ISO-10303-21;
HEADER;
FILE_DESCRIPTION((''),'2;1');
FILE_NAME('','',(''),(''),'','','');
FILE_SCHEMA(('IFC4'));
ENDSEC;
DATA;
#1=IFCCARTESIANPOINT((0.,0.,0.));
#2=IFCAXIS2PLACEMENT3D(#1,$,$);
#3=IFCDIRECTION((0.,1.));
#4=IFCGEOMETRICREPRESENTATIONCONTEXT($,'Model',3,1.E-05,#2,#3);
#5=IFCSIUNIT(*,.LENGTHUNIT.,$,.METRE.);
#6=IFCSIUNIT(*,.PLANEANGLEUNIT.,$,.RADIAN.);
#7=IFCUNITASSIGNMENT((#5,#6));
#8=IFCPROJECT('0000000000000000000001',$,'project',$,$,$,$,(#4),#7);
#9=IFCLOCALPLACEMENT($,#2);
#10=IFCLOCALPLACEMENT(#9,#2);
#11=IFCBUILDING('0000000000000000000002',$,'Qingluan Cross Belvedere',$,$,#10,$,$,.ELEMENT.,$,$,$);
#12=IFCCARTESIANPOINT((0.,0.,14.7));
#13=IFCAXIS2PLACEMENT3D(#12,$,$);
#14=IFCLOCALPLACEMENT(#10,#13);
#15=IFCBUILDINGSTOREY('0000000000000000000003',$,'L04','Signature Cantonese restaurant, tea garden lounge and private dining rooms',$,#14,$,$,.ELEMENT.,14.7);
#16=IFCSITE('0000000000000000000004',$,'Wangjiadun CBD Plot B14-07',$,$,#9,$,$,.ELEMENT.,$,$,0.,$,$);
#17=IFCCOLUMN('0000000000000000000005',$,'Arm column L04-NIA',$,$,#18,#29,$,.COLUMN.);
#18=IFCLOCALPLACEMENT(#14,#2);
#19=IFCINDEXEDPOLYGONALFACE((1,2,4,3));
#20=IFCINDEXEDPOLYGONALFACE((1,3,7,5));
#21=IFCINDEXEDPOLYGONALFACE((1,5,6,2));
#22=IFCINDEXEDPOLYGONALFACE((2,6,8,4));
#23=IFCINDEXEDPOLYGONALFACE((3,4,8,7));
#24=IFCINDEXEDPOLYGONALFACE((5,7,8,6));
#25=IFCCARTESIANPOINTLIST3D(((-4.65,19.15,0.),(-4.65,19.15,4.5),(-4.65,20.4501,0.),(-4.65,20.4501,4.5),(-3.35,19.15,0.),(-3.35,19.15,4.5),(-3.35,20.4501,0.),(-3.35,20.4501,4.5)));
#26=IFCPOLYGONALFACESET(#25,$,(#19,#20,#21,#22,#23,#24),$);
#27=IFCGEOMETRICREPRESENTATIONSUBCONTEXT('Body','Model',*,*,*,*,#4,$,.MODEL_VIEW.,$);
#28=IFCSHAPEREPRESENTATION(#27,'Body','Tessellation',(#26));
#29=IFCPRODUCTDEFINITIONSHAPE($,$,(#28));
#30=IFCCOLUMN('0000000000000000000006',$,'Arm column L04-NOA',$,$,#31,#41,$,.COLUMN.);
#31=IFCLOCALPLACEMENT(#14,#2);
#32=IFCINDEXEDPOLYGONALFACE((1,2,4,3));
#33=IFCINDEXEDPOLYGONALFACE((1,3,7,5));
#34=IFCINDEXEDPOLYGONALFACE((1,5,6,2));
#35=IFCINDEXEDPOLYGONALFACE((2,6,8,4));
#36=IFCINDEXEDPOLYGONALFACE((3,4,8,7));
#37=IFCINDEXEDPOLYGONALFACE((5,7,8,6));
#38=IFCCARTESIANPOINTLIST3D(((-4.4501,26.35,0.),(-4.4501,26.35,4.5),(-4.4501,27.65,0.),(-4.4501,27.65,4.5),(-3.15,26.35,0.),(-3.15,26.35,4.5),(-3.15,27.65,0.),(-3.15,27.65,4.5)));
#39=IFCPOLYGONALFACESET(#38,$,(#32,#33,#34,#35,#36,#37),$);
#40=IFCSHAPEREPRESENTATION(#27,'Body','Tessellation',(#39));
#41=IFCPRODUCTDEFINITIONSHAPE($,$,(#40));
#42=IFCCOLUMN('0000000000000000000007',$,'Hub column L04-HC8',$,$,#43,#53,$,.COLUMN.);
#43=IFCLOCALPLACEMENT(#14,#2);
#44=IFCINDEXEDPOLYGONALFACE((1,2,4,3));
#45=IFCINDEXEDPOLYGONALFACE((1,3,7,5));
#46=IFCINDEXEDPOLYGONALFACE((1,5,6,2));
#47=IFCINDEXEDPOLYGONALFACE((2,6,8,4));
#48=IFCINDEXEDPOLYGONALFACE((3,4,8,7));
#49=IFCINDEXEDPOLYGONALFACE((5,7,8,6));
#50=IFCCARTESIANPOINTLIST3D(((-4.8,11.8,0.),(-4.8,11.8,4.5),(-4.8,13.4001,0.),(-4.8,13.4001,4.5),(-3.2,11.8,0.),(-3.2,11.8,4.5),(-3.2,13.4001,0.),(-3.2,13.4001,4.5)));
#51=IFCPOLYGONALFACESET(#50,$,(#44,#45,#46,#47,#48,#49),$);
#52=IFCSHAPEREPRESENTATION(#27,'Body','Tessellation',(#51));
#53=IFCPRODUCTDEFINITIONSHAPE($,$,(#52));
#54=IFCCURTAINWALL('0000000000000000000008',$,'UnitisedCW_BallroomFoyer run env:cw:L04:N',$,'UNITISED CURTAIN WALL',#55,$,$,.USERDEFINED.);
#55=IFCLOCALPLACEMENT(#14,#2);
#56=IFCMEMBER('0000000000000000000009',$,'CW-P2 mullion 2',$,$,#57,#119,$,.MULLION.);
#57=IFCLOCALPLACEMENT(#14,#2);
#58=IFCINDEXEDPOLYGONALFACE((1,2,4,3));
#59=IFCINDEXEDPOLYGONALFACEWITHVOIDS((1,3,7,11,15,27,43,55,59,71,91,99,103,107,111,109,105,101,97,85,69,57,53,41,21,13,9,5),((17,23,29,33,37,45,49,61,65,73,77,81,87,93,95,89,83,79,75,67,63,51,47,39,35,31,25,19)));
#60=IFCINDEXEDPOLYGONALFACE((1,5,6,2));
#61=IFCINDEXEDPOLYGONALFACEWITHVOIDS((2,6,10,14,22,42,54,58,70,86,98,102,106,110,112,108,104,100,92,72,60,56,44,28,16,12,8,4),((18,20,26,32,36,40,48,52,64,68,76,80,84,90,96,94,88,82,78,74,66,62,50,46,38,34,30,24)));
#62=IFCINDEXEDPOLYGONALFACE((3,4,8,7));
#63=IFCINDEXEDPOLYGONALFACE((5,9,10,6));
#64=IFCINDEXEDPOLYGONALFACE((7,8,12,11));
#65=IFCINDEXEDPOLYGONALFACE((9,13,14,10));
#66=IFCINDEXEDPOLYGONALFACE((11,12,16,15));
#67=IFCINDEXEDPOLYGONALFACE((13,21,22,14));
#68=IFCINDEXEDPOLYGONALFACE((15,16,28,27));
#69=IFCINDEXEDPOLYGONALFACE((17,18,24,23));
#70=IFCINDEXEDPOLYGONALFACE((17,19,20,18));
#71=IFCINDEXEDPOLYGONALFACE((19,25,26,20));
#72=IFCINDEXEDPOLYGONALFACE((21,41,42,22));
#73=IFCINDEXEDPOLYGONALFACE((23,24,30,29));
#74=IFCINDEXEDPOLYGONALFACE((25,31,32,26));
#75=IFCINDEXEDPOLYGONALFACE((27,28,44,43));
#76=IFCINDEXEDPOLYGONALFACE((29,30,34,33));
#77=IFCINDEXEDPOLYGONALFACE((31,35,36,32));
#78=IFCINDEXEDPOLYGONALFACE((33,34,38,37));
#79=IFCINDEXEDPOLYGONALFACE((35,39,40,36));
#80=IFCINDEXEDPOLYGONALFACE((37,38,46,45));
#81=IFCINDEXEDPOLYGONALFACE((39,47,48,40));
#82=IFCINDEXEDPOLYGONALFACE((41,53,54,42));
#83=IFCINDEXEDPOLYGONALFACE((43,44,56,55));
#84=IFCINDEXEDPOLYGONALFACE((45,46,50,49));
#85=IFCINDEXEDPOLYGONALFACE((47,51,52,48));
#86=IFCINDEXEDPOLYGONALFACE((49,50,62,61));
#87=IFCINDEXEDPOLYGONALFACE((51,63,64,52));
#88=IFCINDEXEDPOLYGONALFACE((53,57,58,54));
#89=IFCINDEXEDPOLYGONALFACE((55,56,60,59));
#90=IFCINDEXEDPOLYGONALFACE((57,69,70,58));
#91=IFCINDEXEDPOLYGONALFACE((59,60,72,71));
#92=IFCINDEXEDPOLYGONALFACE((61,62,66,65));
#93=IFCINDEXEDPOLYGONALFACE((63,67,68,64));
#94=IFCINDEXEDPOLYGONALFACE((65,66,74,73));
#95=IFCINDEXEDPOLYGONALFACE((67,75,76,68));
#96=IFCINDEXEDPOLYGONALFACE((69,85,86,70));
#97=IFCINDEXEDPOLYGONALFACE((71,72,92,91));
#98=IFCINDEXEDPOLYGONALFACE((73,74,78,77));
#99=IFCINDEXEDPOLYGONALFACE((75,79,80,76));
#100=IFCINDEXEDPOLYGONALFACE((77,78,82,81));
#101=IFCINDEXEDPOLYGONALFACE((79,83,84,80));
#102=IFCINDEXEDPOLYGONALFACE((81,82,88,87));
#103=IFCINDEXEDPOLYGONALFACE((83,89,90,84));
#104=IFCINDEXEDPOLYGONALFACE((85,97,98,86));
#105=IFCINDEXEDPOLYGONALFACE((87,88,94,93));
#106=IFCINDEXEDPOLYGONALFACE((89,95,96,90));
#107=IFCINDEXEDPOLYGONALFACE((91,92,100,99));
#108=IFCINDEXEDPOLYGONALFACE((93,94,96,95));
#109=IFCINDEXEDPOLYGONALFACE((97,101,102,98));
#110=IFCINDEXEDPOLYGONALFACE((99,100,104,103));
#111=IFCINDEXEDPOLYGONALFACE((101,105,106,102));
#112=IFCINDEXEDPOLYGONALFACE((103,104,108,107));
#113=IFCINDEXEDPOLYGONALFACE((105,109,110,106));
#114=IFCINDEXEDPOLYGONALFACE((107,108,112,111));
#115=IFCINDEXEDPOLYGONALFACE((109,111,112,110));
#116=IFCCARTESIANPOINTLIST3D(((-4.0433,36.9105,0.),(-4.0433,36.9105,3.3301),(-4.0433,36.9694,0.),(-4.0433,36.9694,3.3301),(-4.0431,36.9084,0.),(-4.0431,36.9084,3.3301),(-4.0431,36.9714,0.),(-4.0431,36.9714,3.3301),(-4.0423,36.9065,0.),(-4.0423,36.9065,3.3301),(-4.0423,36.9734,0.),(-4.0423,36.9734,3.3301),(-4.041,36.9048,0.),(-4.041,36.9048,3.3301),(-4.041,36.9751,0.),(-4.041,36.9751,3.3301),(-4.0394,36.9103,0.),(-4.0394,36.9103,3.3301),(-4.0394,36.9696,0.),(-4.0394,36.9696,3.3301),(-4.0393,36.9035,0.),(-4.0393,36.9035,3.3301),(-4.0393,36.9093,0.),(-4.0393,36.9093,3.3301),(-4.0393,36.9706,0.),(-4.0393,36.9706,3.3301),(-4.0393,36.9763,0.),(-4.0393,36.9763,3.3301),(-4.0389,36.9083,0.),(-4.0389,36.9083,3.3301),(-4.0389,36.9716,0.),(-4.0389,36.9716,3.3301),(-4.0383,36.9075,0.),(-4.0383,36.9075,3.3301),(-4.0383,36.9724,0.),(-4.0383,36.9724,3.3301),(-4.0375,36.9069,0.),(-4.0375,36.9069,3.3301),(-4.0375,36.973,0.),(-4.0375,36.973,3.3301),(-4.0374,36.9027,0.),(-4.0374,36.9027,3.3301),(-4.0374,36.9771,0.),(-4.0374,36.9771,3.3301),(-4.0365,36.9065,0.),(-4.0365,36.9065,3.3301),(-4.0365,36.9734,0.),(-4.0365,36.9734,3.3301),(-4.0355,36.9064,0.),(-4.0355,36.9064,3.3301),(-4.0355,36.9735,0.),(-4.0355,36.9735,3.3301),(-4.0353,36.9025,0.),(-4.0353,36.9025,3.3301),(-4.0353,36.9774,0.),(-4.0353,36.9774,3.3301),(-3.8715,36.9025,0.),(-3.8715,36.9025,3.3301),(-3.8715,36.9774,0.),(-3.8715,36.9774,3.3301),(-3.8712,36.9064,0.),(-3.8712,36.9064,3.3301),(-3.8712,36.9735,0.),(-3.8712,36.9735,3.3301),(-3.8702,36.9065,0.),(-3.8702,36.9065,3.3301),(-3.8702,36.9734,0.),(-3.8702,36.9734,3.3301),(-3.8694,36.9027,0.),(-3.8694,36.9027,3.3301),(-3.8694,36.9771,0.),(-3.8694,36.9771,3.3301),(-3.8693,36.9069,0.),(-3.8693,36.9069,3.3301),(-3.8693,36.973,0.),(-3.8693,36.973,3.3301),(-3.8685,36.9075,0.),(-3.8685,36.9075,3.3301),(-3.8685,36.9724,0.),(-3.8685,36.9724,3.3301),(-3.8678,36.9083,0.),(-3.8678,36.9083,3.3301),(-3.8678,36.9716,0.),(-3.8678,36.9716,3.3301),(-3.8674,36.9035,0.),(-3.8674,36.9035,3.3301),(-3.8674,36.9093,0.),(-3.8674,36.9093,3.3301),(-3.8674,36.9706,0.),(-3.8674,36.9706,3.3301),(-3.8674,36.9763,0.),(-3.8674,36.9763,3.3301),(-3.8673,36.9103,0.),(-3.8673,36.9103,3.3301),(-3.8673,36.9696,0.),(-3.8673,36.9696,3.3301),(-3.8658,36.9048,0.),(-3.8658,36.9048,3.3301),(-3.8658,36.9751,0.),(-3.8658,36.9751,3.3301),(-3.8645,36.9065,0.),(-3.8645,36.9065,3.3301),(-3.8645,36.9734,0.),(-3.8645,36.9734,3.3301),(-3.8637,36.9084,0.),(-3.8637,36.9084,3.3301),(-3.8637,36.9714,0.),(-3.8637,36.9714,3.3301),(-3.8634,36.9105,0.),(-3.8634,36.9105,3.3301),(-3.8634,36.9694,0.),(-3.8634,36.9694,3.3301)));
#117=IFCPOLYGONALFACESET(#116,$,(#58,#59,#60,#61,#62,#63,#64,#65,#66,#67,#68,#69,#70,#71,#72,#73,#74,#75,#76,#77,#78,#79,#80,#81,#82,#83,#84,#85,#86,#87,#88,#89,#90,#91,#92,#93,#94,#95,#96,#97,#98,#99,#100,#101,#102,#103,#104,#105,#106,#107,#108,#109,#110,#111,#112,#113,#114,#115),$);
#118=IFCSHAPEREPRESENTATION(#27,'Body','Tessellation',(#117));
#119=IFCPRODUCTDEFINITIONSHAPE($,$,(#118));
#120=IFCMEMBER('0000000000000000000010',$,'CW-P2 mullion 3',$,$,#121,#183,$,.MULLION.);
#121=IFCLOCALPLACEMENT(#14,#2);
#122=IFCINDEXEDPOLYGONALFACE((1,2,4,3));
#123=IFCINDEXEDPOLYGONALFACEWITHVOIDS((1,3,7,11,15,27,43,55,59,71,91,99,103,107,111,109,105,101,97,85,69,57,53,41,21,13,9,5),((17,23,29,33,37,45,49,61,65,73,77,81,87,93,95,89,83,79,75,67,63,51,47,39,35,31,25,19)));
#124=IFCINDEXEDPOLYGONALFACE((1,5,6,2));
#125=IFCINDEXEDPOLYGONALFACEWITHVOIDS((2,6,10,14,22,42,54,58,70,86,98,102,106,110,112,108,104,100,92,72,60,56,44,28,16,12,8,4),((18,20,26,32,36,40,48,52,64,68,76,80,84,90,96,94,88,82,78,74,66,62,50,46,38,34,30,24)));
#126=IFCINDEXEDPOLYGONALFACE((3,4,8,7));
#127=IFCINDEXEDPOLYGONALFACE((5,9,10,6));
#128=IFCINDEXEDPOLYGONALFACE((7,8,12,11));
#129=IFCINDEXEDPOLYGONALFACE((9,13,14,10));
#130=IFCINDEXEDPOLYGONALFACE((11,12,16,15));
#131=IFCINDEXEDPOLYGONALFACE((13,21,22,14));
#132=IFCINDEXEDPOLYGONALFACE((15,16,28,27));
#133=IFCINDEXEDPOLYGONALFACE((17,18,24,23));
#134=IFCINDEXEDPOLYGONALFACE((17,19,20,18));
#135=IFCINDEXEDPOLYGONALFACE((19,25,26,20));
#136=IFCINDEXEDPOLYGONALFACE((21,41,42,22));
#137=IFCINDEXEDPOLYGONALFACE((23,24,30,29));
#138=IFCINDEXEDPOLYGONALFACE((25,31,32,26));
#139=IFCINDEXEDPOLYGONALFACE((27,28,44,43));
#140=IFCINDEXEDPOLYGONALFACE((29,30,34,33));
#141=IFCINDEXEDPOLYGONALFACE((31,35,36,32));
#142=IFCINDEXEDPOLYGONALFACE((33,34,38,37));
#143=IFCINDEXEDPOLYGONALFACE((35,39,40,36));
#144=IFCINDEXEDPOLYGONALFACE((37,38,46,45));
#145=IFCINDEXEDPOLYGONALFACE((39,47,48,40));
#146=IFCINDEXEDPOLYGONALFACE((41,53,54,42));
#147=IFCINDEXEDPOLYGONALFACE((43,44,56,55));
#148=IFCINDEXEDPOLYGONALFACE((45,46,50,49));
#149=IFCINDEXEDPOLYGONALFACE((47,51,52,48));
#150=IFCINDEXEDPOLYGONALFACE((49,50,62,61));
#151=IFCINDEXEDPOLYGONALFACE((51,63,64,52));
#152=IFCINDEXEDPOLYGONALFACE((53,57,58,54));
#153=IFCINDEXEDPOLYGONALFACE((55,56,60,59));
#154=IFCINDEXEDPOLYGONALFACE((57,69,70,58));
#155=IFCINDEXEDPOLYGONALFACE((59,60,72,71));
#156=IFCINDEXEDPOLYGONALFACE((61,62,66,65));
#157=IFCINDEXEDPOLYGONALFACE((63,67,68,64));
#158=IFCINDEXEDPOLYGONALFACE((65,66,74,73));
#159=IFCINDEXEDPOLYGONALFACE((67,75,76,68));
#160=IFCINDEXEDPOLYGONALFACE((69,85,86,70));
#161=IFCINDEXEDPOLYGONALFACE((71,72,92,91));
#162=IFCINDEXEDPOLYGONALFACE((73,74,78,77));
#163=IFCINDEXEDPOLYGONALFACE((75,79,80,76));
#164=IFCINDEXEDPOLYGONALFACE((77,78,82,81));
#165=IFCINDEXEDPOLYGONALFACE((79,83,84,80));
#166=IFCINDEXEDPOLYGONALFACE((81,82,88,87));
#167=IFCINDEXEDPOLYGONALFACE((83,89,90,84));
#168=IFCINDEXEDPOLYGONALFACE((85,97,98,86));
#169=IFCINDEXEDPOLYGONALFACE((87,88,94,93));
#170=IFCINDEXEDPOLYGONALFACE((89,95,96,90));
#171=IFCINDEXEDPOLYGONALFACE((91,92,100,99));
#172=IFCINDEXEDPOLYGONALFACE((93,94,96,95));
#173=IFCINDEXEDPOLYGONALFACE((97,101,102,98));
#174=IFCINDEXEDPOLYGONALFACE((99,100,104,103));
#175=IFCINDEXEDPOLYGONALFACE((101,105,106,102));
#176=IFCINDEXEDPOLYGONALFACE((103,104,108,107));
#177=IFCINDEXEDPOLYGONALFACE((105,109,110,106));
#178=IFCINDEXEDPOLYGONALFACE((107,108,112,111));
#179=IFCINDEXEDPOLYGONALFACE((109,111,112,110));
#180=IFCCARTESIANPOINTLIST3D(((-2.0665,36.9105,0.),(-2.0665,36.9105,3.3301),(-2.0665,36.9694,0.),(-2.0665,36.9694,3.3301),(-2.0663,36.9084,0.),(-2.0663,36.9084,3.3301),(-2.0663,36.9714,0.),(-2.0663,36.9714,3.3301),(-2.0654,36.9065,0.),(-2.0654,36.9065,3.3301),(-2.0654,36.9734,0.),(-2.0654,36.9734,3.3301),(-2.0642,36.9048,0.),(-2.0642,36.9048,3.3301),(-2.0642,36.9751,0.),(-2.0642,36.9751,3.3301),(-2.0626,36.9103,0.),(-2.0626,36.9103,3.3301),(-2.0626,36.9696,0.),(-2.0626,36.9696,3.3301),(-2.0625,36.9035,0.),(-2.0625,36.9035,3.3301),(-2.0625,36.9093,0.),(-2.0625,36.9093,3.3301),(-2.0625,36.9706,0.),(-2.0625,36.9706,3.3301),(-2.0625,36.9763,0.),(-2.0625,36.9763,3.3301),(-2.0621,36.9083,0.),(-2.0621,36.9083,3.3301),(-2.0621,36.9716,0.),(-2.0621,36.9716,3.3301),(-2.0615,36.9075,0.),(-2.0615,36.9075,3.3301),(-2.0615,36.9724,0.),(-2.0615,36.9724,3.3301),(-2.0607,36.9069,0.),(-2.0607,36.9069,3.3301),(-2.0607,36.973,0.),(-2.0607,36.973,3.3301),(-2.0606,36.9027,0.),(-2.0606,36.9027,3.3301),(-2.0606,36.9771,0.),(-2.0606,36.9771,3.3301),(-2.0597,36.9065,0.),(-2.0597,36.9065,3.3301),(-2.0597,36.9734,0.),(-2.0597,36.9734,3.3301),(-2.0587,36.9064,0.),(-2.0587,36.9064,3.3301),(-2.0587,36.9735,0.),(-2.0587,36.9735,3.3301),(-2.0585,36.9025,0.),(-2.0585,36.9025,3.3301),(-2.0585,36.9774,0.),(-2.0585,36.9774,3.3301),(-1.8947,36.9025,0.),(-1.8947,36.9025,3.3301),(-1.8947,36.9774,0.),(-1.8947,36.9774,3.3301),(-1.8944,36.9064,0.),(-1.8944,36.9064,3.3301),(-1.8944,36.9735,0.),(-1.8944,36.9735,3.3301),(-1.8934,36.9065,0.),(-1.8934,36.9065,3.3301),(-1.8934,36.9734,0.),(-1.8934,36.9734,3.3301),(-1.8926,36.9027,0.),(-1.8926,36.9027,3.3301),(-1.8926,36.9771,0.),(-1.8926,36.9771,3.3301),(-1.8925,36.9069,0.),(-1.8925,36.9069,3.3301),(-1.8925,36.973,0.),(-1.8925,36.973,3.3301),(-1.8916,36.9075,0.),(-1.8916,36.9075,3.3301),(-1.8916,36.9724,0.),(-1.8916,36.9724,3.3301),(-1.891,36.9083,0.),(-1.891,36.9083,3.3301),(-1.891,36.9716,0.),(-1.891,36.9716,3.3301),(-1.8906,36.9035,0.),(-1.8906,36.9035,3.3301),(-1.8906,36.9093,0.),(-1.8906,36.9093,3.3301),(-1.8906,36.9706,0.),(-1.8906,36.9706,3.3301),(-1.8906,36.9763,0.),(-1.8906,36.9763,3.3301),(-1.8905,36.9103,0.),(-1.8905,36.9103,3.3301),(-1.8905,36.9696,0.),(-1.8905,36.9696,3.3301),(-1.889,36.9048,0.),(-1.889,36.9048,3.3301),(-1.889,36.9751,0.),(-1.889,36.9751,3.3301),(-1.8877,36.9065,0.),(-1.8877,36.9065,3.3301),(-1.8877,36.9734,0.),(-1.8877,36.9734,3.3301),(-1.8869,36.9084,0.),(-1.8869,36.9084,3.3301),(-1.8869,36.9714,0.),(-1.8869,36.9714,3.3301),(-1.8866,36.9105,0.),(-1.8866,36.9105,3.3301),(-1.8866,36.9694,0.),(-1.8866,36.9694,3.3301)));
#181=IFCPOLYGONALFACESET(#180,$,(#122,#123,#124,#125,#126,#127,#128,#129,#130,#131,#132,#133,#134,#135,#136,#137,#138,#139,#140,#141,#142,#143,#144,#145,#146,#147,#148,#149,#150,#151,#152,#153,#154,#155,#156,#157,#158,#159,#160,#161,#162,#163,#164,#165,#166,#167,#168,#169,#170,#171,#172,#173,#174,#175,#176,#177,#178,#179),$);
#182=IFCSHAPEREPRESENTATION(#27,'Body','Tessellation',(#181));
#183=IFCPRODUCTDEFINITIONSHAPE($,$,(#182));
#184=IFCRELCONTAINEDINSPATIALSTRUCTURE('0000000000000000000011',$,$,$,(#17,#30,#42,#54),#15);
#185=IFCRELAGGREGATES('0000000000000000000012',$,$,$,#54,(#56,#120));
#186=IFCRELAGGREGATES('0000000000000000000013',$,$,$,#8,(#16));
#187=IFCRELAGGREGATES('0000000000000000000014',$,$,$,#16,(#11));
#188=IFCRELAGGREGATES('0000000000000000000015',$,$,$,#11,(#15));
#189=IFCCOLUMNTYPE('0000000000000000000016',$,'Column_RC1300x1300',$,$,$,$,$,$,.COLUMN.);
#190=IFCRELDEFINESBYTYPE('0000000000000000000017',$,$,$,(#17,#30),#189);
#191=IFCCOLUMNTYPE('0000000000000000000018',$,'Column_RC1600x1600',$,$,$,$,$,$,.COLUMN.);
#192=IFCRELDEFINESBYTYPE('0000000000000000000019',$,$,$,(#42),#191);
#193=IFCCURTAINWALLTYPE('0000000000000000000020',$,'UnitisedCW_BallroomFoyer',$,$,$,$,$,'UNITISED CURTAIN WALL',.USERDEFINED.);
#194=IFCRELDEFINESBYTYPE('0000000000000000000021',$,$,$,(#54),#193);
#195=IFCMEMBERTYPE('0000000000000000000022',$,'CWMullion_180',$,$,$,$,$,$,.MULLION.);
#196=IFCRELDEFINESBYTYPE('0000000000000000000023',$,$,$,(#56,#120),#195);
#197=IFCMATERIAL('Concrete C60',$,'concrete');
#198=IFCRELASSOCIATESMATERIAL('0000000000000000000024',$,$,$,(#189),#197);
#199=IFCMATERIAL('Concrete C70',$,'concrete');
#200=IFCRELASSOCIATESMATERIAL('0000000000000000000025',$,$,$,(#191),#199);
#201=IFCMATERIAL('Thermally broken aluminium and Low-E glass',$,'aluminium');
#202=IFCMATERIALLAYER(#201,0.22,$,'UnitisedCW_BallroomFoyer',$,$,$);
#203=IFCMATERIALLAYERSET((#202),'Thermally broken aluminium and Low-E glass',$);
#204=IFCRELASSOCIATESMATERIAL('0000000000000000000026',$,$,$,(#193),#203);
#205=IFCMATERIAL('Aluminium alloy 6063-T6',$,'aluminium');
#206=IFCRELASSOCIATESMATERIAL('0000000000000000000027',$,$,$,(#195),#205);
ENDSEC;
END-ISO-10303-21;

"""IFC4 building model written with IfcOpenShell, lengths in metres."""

from ifc_helpers import new_model, si_unit, direction, frame, origin, origin_2d, place, context, subcontext, project, spatial, rectangle, hollow_rectangle, extrude, material, layer, layer_set, material_profile, profile_set, type_object, element, aggregate, save


model = new_model("IFC4")

# Units and contexts
model_context = context("Model", 3, precision=1e-05, world=origin(), true_north=direction((0.0, 1.0)))
body_context = subcontext(model_context, "Body", "Model", "MODEL_VIEW")
ifc_project = project(units=[si_unit("LENGTHUNIT", "METRE"), si_unit("PLANEANGLEUNIT", "RADIAN")], contexts=[model_context])

# Site, building, storey
site_placement = place(None, origin())
site = spatial("IfcSite", under=ifc_project, at=site_placement, Name="Wangjiadun CBD Plot B14-07", CompositionType="ELEMENT", RefElevation=0.0)
building_placement = place(site_placement, origin())
building = spatial("IfcBuilding", under=site, at=building_placement, Name="Qingluan Cross Belvedere", CompositionType="ELEMENT")
storey_placement = place(building_placement, frame((0.0, 0.0, 14.7)))
storey = spatial("IfcBuildingStorey", under=building, at=storey_placement, Name="L04", Description="Signature Cantonese restaurant, tea garden lounge and private dining rooms", CompositionType="ELEMENT", Elevation=14.7)

# Columns
ifc_material_1 = material(Name="Concrete C60", Category="concrete")
ifc_material_profile_1 = material_profile(ifc_material_1, rectangle(XDim=1.3, YDim=1.3, at=origin_2d()), Name="RC1300x1300")
ifc_profile_set_1 = profile_set([ifc_material_profile_1], Name="Concrete C60")
column_type_1 = type_object("IfcColumnType", Name="Column_RC1300x1300", PredefinedType="COLUMN", material=ifc_profile_set_1)
for number, where, z_axis, x_axis, name in (
    (1, (-4.0, 19.8, 0.0), (0.0, 0.0, 1.0), (1.0, 0.0, 0.0), "Arm column L04-NIA"),
    (2, (-3.8, 27.0, 0.0), (0.0, 0.0, 1.0), (1.0, 0.0, 0.0), "Arm column L04-NOA"),
):
    element("IfcColumn", number, at=place(storey_placement, frame(where, z_axis=z_axis, x_axis=x_axis)), inside=storey, type_object=column_type_1, Name=name, PredefinedType="COLUMN", context=body_context, shape_type="SweptSolid", body=[
        extrude(rectangle(XDim=1.3, YDim=1.3, at=origin_2d()), origin(), (0.0, 0.0, 1.0), 4.5),
    ])
ifc_material_2 = material(Name="Concrete C70", Category="concrete")
ifc_material_profile_2 = material_profile(ifc_material_2, rectangle(XDim=1.6001, YDim=1.6001, at=origin_2d()), Name="RC1600x1600")
ifc_profile_set_2 = profile_set([ifc_material_profile_2], Name="Concrete C70")
column_type_2 = type_object("IfcColumnType", Name="Column_RC1600x1600", PredefinedType="COLUMN", material=ifc_profile_set_2)
column_placement = place(storey_placement, frame((-4.0, 12.6001, 0.0), z_axis=(0.0, 0.0, 1.0), x_axis=(1.0, 0.0, 0.0)))
element("IfcColumn", 3, at=column_placement, inside=storey, type_object=column_type_2, Name="Hub column L04-HC8", PredefinedType="COLUMN", context=body_context, shape_type="SweptSolid", body=[
    extrude(rectangle(XDim=1.6001, YDim=1.6001, at=origin_2d()), origin(), (0.0, 0.0, 1.0), 4.5),
])

# Curtain wall, members
ifc_material_3 = material(Name="Thermally broken aluminium and Low-E glass", Category="aluminium")
ifc_layer_1 = layer(ifc_material_3, 0.22, Name="UnitisedCW_BallroomFoyer")
ifc_layer_set_1 = layer_set([ifc_layer_1], Name="Thermally broken aluminium and Low-E glass")
curtain_wall_type = type_object("IfcCurtainWallType", Name="UnitisedCW_BallroomFoyer", ElementType="UNITISED CURTAIN WALL", PredefinedType="USERDEFINED", material=ifc_layer_set_1)
curtain_wall_placement = place(storey_placement, origin())
curtain_wall = element("IfcCurtainWall", 4, at=curtain_wall_placement, inside=storey, type_object=curtain_wall_type, Name="UnitisedCW_BallroomFoyer run env:cw:L04:N", ObjectType="UNITISED CURTAIN WALL", PredefinedType="USERDEFINED")
ifc_material_4 = material(Name="Aluminium alloy 6063-T6", Category="aluminium")
ifc_material_profile_3 = material_profile(ifc_material_4, hollow_rectangle(XDim=0.075, YDim=0.1799, WallThickness=0.0039, InnerFilletRadius=0.0039, OuterFilletRadius=0.0081, at=origin_2d()), Name="CWM180x75x4")
ifc_profile_set_3 = profile_set([ifc_material_profile_3], Name="Aluminium alloy 6063-T6")
member_type_1 = type_object("IfcMemberType", Name="CWMullion_180", PredefinedType="MULLION", material=ifc_profile_set_3)
member_1_placement = place(storey_placement, frame((-3.9534, 36.9399, 0.0), z_axis=(0.0, 0.0, 1.0), x_axis=(0.0, 1.0, 0.0)))
member_1 = element("IfcMember", 5, at=member_1_placement, type_object=member_type_1, Name="CW-P2 mullion 2", PredefinedType="MULLION", context=body_context, shape_type="SweptSolid", body=[
    extrude(hollow_rectangle(XDim=0.075, YDim=0.1799, WallThickness=0.0039, InnerFilletRadius=0.0039, OuterFilletRadius=0.0081, at=origin_2d()), origin(), (0.0, 0.0, 1.0), 3.3301),
])
member_2_placement = place(storey_placement, frame((-1.9766, 36.9399, 0.0), z_axis=(0.0, 0.0, 1.0), x_axis=(0.0, 1.0, 0.0)))
member_2 = element("IfcMember", 6, at=member_2_placement, type_object=member_type_1, Name="CW-P2 mullion 3", PredefinedType="MULLION", context=body_context, shape_type="SweptSolid", body=[
    extrude(hollow_rectangle(XDim=0.075, YDim=0.1799, WallThickness=0.0039, InnerFilletRadius=0.0039, OuterFilletRadius=0.0081, at=origin_2d()), origin(), (0.0, 0.0, 1.0), 3.3301),
])

aggregate(curtain_wall, [member_1, member_2])

save(model, "model.ifc")
